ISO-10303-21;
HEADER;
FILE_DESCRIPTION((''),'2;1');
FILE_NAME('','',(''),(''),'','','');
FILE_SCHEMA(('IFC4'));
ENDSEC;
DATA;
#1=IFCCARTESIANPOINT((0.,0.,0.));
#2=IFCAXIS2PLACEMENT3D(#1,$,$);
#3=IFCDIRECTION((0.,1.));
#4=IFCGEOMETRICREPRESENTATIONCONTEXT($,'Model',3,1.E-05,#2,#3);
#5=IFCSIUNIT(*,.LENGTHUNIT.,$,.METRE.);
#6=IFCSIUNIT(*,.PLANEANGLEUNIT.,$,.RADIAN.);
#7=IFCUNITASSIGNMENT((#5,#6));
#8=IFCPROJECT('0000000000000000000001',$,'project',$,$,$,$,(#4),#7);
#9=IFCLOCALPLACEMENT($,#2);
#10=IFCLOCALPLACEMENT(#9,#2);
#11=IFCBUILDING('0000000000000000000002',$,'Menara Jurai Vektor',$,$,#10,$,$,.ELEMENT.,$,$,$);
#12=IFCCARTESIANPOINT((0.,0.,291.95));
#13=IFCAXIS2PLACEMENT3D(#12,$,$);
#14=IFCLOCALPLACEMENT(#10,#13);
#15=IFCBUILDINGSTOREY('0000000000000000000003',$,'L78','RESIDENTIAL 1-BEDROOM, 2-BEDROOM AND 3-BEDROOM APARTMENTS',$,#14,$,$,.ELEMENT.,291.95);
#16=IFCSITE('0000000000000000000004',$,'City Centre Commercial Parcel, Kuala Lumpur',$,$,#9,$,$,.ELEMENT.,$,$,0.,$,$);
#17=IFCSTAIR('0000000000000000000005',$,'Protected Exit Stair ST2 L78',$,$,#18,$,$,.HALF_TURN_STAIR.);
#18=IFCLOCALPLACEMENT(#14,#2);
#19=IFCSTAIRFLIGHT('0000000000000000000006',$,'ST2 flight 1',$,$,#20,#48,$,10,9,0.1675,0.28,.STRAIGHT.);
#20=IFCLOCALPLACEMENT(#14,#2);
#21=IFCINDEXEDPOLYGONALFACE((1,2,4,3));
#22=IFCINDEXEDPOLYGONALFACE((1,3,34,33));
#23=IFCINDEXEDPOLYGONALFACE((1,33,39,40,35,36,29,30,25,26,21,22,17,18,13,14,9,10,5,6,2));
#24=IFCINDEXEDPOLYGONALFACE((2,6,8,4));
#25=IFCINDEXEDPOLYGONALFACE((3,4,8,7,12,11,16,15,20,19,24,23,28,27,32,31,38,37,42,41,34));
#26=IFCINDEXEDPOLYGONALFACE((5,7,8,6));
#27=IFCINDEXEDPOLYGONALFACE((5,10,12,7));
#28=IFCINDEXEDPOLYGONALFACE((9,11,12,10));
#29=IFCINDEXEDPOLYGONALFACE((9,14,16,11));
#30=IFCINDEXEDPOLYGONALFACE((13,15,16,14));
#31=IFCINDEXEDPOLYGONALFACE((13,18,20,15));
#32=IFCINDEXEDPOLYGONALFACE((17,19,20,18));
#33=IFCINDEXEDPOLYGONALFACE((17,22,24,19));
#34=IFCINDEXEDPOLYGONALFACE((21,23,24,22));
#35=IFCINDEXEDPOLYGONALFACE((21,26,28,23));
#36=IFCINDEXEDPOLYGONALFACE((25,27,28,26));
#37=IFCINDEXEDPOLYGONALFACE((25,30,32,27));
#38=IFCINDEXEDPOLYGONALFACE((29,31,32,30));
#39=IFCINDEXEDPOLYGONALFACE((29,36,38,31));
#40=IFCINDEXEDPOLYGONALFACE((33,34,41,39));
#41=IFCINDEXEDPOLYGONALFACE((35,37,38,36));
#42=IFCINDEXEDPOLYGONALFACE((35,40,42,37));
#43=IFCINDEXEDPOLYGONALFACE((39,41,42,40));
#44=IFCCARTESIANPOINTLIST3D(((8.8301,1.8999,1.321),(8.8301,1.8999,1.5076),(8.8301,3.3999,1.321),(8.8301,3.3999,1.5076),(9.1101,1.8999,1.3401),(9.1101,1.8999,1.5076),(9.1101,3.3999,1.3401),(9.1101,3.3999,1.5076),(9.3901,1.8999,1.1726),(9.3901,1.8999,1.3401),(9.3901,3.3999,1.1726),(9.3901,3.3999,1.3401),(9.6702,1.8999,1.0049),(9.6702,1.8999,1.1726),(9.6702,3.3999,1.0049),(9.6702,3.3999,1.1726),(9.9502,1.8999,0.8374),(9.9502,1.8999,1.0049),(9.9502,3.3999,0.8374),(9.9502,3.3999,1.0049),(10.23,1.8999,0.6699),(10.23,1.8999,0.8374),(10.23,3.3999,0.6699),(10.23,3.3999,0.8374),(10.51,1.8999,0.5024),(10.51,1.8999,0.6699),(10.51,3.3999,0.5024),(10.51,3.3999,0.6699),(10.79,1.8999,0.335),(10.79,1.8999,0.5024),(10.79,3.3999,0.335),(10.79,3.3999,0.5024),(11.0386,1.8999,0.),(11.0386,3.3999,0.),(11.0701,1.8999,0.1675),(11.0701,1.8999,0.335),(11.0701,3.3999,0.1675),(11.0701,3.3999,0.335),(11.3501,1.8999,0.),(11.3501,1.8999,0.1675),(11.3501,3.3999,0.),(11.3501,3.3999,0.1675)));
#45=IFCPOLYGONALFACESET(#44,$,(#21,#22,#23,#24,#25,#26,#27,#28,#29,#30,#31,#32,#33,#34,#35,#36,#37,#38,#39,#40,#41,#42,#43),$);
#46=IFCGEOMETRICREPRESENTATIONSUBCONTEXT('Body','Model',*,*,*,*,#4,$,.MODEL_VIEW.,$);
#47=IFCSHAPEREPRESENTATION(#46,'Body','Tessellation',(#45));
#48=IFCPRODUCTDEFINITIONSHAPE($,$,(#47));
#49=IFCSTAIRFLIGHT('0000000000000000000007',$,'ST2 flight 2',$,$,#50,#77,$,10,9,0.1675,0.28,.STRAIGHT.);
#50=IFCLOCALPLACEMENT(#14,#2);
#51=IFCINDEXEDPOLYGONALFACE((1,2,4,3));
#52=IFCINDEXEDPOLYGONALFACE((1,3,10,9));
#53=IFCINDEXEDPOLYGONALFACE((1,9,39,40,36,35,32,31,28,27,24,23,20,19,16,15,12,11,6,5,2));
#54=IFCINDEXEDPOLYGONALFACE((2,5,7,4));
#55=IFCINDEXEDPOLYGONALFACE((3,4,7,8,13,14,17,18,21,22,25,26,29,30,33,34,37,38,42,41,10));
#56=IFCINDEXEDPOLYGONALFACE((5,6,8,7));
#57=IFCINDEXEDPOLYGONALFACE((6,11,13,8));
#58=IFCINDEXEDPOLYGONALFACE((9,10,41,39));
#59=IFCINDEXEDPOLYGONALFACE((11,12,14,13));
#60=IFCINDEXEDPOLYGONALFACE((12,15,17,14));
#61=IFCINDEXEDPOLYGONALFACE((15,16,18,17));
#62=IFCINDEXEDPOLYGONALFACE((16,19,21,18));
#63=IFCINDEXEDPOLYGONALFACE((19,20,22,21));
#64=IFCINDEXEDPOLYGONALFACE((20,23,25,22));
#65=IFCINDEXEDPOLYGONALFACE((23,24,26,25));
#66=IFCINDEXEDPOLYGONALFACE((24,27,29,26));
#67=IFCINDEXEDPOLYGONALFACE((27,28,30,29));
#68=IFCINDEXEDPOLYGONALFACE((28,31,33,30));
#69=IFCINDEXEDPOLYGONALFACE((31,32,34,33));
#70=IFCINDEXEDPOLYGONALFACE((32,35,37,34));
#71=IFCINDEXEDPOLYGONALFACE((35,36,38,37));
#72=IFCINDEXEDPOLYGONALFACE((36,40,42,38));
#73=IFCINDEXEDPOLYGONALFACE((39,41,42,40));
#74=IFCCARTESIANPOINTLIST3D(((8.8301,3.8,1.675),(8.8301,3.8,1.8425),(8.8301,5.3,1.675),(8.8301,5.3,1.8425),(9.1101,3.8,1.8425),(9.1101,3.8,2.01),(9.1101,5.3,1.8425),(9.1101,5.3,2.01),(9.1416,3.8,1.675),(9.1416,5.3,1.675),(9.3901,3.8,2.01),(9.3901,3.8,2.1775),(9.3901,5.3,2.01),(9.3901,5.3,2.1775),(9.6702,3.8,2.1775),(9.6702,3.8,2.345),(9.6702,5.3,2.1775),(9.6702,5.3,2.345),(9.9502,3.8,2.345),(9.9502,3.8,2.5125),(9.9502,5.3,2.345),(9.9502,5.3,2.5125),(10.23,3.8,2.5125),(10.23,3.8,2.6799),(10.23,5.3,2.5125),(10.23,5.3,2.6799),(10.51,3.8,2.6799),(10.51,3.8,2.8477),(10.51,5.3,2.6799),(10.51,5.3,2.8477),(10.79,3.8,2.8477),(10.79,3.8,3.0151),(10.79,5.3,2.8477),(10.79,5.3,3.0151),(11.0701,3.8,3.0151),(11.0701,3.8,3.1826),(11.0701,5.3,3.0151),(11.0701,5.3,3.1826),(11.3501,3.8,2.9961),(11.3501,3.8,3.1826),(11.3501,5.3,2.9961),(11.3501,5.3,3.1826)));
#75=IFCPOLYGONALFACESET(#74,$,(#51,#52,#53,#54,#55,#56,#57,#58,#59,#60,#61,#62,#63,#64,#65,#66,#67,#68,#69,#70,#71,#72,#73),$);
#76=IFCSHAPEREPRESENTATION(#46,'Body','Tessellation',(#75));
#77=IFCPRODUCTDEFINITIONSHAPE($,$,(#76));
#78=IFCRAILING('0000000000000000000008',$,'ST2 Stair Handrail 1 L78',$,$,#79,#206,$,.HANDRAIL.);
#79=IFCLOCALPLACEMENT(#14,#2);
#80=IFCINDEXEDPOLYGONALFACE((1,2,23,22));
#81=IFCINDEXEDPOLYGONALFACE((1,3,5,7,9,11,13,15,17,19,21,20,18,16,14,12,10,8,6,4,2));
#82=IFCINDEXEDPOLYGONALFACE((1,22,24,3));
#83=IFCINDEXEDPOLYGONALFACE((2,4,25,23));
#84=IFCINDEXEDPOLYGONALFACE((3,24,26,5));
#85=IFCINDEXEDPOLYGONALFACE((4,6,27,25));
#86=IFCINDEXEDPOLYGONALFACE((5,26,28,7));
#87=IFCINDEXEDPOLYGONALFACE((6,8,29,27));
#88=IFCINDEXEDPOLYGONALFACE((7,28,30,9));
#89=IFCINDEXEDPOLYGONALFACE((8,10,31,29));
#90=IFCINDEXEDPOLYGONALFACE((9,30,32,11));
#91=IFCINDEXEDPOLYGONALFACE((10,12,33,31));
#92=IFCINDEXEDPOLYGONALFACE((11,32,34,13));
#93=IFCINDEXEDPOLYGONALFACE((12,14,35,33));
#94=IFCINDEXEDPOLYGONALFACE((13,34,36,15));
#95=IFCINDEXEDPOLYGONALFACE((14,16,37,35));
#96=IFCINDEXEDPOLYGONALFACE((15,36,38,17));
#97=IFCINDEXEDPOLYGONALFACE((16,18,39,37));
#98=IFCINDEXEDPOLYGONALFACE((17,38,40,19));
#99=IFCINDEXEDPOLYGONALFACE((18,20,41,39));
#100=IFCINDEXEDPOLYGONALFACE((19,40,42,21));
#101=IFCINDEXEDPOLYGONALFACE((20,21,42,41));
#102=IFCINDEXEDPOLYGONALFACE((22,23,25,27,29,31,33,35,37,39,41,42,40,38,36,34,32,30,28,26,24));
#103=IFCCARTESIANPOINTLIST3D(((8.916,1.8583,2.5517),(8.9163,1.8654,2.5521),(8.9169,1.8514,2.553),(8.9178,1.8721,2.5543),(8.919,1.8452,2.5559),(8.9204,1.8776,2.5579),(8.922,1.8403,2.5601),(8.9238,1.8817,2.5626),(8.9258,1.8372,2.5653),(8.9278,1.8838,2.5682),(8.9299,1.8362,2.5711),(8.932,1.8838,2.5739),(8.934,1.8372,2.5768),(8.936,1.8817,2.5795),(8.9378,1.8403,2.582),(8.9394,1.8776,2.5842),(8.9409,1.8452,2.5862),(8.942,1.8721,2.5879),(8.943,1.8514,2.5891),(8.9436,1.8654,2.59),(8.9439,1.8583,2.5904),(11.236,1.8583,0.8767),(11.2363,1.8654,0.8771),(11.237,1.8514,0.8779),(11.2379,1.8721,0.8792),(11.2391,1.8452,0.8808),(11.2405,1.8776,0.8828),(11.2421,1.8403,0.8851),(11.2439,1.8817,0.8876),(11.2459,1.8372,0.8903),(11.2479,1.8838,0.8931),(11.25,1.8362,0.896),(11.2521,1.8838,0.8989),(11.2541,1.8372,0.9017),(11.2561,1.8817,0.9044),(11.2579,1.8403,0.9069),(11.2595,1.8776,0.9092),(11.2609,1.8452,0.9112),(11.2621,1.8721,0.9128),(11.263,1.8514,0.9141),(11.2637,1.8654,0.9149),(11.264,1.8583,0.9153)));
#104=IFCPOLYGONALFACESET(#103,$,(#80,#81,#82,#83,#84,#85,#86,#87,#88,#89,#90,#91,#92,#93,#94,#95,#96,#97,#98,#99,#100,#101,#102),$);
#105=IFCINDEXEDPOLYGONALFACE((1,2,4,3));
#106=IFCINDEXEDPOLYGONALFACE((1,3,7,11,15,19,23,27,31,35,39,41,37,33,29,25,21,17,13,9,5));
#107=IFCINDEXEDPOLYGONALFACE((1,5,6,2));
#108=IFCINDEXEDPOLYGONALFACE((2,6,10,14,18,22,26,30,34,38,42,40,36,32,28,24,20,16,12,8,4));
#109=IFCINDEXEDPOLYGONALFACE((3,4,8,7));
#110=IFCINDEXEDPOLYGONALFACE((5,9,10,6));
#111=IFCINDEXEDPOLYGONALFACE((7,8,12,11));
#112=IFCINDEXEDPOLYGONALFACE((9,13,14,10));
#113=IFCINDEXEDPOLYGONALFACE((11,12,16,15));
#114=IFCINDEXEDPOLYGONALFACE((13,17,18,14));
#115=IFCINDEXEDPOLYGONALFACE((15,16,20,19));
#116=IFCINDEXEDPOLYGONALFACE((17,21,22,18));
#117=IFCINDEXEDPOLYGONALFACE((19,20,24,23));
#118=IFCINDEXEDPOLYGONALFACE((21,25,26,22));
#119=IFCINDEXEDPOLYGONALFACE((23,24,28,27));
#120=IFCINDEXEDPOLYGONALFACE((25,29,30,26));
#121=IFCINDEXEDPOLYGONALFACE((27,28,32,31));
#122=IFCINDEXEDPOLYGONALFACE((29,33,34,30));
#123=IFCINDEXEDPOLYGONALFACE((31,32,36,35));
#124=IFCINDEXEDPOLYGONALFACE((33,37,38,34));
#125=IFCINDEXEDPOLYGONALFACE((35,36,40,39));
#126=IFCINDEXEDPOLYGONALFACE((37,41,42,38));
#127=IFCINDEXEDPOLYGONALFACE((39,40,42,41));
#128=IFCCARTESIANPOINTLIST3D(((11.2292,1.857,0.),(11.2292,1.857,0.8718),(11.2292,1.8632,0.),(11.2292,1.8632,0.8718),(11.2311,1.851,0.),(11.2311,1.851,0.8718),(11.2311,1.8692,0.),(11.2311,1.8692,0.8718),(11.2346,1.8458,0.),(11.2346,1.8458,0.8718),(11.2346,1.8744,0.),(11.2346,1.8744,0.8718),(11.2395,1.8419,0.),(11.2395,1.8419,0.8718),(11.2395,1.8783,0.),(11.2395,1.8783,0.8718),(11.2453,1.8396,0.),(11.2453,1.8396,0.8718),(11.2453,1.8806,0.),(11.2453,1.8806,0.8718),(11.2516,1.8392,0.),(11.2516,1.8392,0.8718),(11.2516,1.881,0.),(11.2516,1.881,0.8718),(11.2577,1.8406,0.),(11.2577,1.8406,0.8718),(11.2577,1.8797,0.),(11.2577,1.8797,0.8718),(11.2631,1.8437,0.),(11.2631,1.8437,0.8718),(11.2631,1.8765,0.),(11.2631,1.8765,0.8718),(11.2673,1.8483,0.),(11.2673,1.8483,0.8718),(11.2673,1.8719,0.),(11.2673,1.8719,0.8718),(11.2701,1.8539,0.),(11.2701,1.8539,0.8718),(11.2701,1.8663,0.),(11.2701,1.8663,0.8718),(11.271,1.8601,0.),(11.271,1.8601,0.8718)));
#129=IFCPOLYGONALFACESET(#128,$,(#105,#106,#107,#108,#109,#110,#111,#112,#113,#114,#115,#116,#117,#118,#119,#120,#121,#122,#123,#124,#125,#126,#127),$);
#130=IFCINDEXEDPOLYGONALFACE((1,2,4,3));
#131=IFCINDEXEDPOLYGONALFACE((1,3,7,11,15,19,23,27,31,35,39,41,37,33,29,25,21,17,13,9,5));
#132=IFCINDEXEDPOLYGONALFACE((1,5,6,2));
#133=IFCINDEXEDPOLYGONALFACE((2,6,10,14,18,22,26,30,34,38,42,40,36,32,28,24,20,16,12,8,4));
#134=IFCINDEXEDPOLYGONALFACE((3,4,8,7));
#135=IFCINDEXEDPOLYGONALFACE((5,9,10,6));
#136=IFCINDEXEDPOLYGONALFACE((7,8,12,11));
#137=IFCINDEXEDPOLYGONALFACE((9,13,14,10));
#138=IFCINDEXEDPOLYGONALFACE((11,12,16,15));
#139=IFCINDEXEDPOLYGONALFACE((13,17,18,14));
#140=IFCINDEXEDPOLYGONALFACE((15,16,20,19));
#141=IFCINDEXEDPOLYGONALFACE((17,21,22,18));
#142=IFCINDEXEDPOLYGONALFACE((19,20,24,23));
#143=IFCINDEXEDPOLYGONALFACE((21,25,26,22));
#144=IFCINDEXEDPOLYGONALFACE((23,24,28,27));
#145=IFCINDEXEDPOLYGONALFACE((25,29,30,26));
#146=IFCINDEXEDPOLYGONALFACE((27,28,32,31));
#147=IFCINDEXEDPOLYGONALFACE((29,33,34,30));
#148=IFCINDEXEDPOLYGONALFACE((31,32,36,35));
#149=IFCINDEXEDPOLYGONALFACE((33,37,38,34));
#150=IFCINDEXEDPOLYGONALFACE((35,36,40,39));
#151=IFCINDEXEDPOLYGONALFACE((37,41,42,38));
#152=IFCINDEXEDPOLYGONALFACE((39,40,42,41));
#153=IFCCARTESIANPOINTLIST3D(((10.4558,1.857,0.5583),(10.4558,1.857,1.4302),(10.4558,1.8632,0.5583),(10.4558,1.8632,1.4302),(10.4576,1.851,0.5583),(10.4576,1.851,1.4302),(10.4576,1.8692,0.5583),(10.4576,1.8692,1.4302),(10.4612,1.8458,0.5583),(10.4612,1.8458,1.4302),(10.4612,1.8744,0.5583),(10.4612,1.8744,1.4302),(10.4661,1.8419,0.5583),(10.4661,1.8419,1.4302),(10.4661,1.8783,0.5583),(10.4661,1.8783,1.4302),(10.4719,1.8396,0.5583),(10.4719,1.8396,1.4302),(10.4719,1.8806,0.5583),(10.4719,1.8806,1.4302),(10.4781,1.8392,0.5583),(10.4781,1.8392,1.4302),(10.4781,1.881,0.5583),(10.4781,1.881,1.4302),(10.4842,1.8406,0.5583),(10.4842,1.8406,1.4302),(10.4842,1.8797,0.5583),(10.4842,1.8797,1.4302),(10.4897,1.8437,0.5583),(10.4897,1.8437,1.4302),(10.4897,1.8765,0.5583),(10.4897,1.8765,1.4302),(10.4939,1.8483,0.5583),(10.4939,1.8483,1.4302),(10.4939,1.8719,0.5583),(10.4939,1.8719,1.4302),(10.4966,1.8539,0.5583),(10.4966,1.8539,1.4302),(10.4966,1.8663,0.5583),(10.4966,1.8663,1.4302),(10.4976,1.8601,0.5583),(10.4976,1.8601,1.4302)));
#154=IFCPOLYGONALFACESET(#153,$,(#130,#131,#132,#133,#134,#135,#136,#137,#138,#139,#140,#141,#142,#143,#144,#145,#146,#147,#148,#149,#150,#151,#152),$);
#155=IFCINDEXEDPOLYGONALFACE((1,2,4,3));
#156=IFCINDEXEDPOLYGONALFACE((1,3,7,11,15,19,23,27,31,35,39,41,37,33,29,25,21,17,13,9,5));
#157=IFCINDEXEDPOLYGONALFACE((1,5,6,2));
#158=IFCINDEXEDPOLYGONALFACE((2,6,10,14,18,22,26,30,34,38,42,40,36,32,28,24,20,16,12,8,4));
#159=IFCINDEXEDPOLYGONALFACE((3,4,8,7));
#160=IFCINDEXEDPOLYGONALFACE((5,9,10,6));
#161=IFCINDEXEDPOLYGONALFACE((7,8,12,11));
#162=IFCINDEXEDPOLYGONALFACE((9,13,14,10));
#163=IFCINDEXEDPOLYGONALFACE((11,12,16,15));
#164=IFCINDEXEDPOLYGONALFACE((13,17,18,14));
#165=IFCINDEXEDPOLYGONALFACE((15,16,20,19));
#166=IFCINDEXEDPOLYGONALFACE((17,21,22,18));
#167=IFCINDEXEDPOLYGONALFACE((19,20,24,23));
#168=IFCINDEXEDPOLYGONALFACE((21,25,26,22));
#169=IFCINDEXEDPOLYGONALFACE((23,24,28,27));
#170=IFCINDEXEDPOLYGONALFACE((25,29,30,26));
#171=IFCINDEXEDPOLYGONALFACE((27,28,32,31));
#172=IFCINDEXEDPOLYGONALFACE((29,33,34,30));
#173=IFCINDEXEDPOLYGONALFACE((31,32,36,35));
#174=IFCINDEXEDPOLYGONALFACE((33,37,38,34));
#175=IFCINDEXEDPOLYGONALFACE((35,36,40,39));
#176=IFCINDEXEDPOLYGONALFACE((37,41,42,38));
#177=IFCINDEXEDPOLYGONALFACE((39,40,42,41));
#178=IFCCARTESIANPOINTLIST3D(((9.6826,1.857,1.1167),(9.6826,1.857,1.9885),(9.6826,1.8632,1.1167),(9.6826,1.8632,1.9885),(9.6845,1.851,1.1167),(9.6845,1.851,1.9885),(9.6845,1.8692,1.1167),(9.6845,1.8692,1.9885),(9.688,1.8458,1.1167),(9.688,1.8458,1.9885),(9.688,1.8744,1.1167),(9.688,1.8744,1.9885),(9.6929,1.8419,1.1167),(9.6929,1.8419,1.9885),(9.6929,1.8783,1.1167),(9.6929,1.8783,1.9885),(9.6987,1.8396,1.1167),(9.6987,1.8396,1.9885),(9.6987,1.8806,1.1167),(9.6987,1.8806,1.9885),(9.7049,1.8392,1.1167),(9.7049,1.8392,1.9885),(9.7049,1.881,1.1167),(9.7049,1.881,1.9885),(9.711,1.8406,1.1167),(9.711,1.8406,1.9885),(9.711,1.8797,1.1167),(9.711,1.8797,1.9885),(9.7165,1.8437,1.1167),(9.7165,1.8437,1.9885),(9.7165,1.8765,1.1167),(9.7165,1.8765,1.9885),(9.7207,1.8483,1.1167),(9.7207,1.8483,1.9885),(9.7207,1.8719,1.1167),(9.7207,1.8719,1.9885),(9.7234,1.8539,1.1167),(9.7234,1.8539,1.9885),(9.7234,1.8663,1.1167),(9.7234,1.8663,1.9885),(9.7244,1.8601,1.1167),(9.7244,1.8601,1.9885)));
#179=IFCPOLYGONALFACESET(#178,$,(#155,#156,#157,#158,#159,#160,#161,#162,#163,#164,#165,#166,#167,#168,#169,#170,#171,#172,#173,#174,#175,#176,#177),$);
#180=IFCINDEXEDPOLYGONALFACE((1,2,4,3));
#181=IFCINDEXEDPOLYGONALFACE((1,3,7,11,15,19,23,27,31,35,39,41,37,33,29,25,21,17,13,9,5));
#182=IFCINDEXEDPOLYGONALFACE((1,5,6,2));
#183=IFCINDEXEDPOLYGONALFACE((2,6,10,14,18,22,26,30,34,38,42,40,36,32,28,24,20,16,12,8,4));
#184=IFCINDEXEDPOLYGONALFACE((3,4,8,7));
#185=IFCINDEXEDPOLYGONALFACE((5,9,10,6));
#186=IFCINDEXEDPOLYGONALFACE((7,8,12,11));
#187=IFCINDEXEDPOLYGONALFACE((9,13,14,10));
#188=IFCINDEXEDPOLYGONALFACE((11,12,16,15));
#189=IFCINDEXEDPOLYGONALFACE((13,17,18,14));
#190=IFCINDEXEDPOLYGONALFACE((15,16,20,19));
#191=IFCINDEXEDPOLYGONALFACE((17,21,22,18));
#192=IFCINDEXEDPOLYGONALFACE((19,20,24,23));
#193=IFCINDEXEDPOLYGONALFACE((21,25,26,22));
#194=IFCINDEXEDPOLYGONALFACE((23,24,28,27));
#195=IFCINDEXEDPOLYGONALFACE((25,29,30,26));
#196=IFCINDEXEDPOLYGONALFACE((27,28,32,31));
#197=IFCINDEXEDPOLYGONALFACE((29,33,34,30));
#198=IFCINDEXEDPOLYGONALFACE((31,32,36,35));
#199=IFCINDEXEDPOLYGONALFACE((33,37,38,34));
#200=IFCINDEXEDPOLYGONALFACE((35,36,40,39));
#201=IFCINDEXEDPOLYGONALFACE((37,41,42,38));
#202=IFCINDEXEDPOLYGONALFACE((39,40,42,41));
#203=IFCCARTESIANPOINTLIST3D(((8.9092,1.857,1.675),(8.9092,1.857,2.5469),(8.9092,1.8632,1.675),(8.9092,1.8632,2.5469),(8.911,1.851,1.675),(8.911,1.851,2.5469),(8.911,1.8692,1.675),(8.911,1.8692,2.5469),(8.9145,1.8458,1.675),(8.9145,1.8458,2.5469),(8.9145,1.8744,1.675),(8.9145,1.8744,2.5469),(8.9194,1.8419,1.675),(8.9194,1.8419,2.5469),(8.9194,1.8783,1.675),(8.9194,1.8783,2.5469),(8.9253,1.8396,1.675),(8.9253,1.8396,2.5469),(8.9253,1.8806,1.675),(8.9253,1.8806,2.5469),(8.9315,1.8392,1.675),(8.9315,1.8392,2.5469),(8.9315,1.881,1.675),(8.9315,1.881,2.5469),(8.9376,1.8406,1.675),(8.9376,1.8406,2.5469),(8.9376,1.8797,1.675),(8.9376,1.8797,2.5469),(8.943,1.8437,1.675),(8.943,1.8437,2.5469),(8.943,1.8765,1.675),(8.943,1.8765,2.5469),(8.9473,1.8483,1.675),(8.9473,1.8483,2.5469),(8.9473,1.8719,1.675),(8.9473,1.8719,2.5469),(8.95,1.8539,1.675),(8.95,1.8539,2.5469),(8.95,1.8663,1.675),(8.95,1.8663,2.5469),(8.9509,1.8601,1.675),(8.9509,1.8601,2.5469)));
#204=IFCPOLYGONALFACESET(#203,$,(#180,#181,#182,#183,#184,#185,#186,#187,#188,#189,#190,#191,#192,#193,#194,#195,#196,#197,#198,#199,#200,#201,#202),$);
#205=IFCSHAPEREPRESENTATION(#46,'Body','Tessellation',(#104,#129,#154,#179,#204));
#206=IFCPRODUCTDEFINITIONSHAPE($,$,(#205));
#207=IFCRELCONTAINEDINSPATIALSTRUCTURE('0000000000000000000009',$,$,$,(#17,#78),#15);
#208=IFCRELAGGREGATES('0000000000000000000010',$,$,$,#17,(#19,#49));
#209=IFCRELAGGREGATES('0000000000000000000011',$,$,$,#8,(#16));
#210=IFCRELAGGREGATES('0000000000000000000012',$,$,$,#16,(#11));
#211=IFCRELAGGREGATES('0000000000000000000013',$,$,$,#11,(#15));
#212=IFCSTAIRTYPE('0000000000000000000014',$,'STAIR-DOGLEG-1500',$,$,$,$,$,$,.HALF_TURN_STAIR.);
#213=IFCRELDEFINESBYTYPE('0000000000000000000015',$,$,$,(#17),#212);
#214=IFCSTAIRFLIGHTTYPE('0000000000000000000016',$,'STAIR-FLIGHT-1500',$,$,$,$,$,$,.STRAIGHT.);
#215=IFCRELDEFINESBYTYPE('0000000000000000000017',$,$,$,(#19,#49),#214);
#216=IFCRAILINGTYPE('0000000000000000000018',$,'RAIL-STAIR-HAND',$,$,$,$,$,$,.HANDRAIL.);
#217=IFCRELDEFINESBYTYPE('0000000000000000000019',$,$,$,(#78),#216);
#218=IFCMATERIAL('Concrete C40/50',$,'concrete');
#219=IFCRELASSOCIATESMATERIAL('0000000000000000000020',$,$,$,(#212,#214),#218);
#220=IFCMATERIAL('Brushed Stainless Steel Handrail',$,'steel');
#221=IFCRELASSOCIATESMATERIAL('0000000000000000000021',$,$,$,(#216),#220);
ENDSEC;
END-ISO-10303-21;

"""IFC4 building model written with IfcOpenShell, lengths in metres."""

from ifc_helpers import new_model, si_unit, direction, frame, origin, origin_2d, place, context, subcontext, project, spatial, polyline, circle, outline, extrude, material, type_object, element, aggregate, save


model = new_model("IFC4")

# Units and contexts
model_context = context("Model", 3, precision=1e-05, world=origin(), true_north=direction((0.0, 1.0)))
body_context = subcontext(model_context, "Body", "Model", "MODEL_VIEW")
ifc_project = project(units=[si_unit("LENGTHUNIT", "METRE"), si_unit("PLANEANGLEUNIT", "RADIAN")], contexts=[model_context])

# Site, building, storey
site_placement = place(None, origin())
site = spatial("IfcSite", under=ifc_project, at=site_placement, Name="City Centre Commercial Parcel, Kuala Lumpur", CompositionType="ELEMENT", RefElevation=0.0)
building_placement = place(site_placement, origin())
building = spatial("IfcBuilding", under=site, at=building_placement, Name="Menara Jurai Vektor", CompositionType="ELEMENT")
storey_placement = place(building_placement, frame((0.0, 0.0, 291.95)))
storey = spatial("IfcBuildingStorey", under=building, at=storey_placement, Name="L78", Description="RESIDENTIAL 1-BEDROOM, 2-BEDROOM AND 3-BEDROOM APARTMENTS", CompositionType="ELEMENT", Elevation=291.95)

# Shared definitions
ifc_material_1 = material(Name="Concrete C40/50", Category="concrete")

# Stair, stair flights
stair_type = type_object("IfcStairType", Name="STAIR-DOGLEG-1500", PredefinedType="HALF_TURN_STAIR", material=ifc_material_1)
stair_placement = place(storey_placement, origin())
stair = element("IfcStair", 1, at=stair_placement, inside=storey, type_object=stair_type, Name="Protected Exit Stair ST2 L78", PredefinedType="HALF_TURN_STAIR")
stair_flight_type = type_object("IfcStairFlightType", Name="STAIR-FLIGHT-1500", PredefinedType="STRAIGHT", material=ifc_material_1)
stair_flight_1_placement = place(storey_placement, frame((11.3501, 2.6499, 0.0), z_axis=(0.0, 0.0, 1.0), x_axis=(-1.0, 0.0, 0.0)))
stair_flight_1 = element("IfcStairFlight", 2, at=stair_flight_1_placement, type_object=stair_flight_type, Name="ST2 flight 1", NumberOfRisers=10, NumberOfTreads=9, PredefinedType="STRAIGHT", RiserHeight=0.1675, TreadLength=0.28, context=body_context, shape_type="SweptSolid", body=[
    extrude(outline(polyline([(0.0, 0.0), (0.0, 0.1675), (0.28, 0.1675), (0.28, 0.335), (0.5601, 0.335), (0.5601, 0.5024), (0.8401, 0.5024), (0.8401, 0.6699), (1.1201, 0.6699), (1.1201, 0.8374), (1.3999, 0.8374), (1.3999, 1.0049), (1.6799, 1.0049), (1.6799, 1.1726), (1.96, 1.1726), (1.96, 1.3401), (2.24, 1.3401), (2.24, 1.5076), (2.52, 1.5076), (2.52, 1.675), (2.52, 1.321), (0.3115, 0.0), (0.0, 0.0)])), frame((0.0, 0.75, 0.0), z_axis=(0.0, -1.0, 0.0), x_axis=(1.0, 0.0, 0.0)), (0.0, 0.0, 1.0), 1.5),
])
stair_flight_2_placement = place(storey_placement, frame((8.8301, 4.55, 1.675), z_axis=(0.0, 0.0, 1.0), x_axis=(1.0, 0.0, 0.0)))
stair_flight_2 = element("IfcStairFlight", 3, at=stair_flight_2_placement, type_object=stair_flight_type, Name="ST2 flight 2", NumberOfRisers=10, NumberOfTreads=9, PredefinedType="STRAIGHT", RiserHeight=0.1675, TreadLength=0.28, context=body_context, shape_type="SweptSolid", body=[
    extrude(outline(polyline([(0.0, 0.0), (0.0, 0.1675), (0.28, 0.1675), (0.28, 0.335), (0.5601, 0.335), (0.5601, 0.5024), (0.8401, 0.5024), (0.8401, 0.6699), (1.1201, 0.6699), (1.1201, 0.8374), (1.3999, 0.8374), (1.3999, 1.0049), (1.6799, 1.0049), (1.6799, 1.1726), (1.96, 1.1726), (1.96, 1.3401), (2.24, 1.3401), (2.24, 1.5076), (2.52, 1.5076), (2.52, 1.675), (2.52, 1.321), (0.3115, 0.0), (0.0, 0.0)])), frame((0.0, 0.75, 0.0), z_axis=(0.0, -1.0, 0.0), x_axis=(1.0, 0.0, 0.0)), (0.0, 0.0, 1.0), 1.5),
])
aggregate(stair, [stair_flight_1, stair_flight_2])

# Railing
ifc_material_2 = material(Name="Brushed Stainless Steel Handrail", Category="steel")
railing_type_1 = type_object("IfcRailingType", Name="RAIL-STAIR-HAND", PredefinedType="HANDRAIL", material=ifc_material_2)
railing_1_placement = place(storey_placement, frame((11.25, 1.8601, 0.0)))
element("IfcRailing", 4, at=railing_1_placement, inside=storey, type_object=railing_type_1, Name="ST2 Stair Handrail 1 L78", PredefinedType="HANDRAIL", context=body_context, shape_type="SweptSolid", body=[
    extrude(circle(Radius=0.0239, at=origin_2d()), frame((0.0, 0.0, 0.896), z_axis=(-0.810771, 0.0, 0.585363), x_axis=(0.0, -1.0, 0.0)), (0.0, 0.0, 1.0), 2.8616),
    extrude(circle(Radius=0.021, at=origin_2d()), origin(), (0.0, 0.0, 1.0), 0.8718),
    extrude(circle(Radius=0.021, at=origin_2d()), frame((-0.7734, 0.0, 0.5583)), (0.0, 0.0, 1.0), 0.8718),
    extrude(circle(Radius=0.021, at=origin_2d()), frame((-1.5466, 0.0, 1.1167)), (0.0, 0.0, 1.0), 0.8718),
    extrude(circle(Radius=0.021, at=origin_2d()), frame((-2.3201, 0.0, 1.675)), (0.0, 0.0, 1.0), 0.8718),
])

save(model, "model.ifc")
